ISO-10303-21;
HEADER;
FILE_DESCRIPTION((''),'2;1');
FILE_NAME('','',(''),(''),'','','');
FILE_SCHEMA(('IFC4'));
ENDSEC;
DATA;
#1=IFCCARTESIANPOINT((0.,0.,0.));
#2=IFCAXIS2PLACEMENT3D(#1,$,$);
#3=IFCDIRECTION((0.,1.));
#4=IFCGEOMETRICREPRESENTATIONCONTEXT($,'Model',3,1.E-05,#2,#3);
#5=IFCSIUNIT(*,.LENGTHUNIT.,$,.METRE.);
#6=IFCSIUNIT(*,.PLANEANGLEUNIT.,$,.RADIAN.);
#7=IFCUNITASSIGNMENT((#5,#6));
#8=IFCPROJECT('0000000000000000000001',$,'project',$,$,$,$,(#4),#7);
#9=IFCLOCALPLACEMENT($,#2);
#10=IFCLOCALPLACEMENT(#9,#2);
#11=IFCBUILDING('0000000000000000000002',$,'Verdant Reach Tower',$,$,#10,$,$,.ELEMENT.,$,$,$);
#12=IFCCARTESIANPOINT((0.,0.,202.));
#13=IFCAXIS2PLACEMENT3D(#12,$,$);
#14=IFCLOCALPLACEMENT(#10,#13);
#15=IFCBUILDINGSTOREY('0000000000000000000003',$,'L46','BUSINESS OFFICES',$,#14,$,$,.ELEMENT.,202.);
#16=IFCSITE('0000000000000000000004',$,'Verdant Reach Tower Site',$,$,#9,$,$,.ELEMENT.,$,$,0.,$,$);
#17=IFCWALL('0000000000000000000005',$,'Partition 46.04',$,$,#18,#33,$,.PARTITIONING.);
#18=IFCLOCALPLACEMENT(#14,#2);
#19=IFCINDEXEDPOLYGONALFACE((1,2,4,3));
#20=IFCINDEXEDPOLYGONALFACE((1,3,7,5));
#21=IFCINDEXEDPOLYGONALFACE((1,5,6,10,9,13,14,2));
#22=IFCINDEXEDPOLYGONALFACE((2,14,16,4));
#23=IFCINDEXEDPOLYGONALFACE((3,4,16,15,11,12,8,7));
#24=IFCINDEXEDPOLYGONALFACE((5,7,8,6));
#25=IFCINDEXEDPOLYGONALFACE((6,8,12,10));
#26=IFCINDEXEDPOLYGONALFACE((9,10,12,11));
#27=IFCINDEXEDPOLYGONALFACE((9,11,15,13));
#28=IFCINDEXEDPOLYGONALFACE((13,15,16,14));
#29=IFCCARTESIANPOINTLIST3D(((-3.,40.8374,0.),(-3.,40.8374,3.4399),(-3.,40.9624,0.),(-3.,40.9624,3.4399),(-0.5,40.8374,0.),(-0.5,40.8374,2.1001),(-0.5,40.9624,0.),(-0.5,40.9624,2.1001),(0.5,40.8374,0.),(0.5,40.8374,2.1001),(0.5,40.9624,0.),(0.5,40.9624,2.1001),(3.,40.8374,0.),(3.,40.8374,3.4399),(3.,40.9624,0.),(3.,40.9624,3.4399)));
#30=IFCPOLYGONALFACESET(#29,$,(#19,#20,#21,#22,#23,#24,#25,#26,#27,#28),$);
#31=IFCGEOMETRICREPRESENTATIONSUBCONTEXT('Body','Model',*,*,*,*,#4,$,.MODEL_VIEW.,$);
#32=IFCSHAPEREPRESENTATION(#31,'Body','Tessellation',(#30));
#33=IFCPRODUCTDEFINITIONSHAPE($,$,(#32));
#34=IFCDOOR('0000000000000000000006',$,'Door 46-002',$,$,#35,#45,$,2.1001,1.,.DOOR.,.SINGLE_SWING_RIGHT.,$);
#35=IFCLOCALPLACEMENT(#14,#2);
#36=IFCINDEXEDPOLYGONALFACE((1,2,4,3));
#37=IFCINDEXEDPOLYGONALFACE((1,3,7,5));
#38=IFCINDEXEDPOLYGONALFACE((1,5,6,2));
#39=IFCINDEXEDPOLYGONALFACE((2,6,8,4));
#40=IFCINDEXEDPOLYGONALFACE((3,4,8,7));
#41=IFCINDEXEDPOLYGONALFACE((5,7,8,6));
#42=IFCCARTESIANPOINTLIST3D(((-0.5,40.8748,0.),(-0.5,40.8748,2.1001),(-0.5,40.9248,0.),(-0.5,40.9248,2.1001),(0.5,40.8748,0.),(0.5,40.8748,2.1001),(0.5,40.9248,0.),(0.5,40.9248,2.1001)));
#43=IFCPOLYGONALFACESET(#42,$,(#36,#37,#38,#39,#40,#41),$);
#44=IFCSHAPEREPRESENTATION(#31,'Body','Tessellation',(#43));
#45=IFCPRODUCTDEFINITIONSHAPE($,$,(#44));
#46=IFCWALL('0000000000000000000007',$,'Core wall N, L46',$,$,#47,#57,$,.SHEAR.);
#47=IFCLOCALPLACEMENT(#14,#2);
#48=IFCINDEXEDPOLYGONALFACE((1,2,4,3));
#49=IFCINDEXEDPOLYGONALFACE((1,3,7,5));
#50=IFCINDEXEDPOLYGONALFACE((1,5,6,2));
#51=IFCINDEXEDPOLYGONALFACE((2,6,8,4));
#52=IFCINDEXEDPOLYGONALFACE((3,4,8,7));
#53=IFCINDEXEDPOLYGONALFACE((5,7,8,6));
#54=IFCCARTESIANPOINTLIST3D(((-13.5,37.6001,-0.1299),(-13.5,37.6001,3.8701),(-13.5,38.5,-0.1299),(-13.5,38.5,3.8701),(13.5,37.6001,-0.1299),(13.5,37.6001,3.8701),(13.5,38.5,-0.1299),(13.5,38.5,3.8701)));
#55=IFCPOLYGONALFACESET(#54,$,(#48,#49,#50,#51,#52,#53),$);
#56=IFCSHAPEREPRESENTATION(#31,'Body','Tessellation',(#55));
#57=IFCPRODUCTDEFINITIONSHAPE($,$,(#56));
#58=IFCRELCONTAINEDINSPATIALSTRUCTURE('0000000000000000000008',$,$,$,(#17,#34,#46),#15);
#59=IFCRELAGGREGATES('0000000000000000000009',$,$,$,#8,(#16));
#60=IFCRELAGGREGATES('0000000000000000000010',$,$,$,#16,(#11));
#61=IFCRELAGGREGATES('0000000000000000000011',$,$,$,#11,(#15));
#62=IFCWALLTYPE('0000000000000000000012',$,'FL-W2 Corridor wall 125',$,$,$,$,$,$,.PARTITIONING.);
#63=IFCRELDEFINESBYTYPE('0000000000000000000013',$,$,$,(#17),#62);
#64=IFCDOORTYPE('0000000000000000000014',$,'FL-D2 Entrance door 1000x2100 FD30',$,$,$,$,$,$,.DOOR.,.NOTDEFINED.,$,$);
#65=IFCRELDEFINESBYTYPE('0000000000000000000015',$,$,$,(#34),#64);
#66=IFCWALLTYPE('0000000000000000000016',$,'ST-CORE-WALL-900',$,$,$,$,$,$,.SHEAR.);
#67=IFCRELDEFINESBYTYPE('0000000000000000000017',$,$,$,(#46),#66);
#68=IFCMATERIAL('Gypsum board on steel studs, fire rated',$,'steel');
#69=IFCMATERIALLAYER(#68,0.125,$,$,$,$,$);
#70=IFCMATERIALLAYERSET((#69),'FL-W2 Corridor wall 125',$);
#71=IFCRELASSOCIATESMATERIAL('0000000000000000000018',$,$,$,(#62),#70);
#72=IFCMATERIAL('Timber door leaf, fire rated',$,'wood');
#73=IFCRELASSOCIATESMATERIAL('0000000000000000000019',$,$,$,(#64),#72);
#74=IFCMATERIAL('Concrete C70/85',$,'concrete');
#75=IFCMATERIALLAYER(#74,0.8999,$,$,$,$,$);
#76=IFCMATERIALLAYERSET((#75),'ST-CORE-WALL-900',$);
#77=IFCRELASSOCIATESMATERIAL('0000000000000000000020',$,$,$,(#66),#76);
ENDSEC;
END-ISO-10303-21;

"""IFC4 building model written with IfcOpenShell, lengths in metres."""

from ifc_helpers import new_model, si_unit, direction, frame, frame_2d, origin, place, context, subcontext, project, spatial, rectangle, extrude, material, layer, layer_set, type_object, element, fill, save


model = new_model("IFC4")

# Units and contexts
model_context = context("Model", 3, precision=1e-05, world=origin(), true_north=direction((0.0, 1.0)))
body_context = subcontext(model_context, "Body", "Model", "MODEL_VIEW")
ifc_project = project(units=[si_unit("LENGTHUNIT", "METRE"), si_unit("PLANEANGLEUNIT", "RADIAN")], contexts=[model_context])

# Site, building, storey
site_placement = place(None, origin())
site = spatial("IfcSite", under=ifc_project, at=site_placement, Name="Verdant Reach Tower Site", CompositionType="ELEMENT", RefElevation=0.0)
building_placement = place(site_placement, origin())
building = spatial("IfcBuilding", under=site, at=building_placement, Name="Verdant Reach Tower", CompositionType="ELEMENT")
storey_placement = place(building_placement, frame((0.0, 0.0, 202.0)))
storey = spatial("IfcBuildingStorey", under=building, at=storey_placement, Name="L46", Description="BUSINESS OFFICES", CompositionType="ELEMENT", Elevation=202.0)

# Shared definitions
ifc_material_1 = material(Name="Gypsum board on steel studs, fire rated", Category="steel")
ifc_layer_1 = layer(ifc_material_1, 0.125)
ifc_layer_set_1 = layer_set([ifc_layer_1], Name="FL-W2 Corridor wall 125")
wall_type_1 = type_object("IfcWallType", Name="FL-W2 Corridor wall 125", PredefinedType="PARTITIONING", material=ifc_layer_set_1)

# Wall, opening, door
wall_1_placement = place(storey_placement, frame((-3.0, 40.8999, 0.0), z_axis=(0.0, 0.0, 1.0), x_axis=(1.0, 0.0, 0.0)))
wall_1 = element("IfcWall", 1, at=wall_1_placement, inside=storey, type_object=wall_type_1, Name="Partition 46.04", PredefinedType="PARTITIONING", context=body_context, shape_type="SweptSolid", body=[
    extrude(rectangle(XDim=6.0, YDim=0.125, at=frame_2d((3.0, 0.0))), origin(), (0.0, 0.0, 1.0), 3.4399),
])
opening_1_placement = place(wall_1_placement, frame((2.5, 0.0, 0.0)))
opening_1 = element("IfcOpeningElement", 2, at=opening_1_placement, cuts=wall_1, PredefinedType="OPENING", context=body_context, shape_type="SweptSolid", body=[
    extrude(rectangle(XDim=1.0, YDim=2.1001, at=frame_2d((0.5, 1.05))), frame((0.0, 0.0725, 0.0), z_axis=(0.0, -1.0, 0.0), x_axis=(1.0, 0.0, 0.0)), (0.0, 0.0, 1.0), 0.145),
])
ifc_material_2 = material(Name="Timber door leaf, fire rated", Category="wood")
door_type_1 = type_object("IfcDoorType", Name="FL-D2 Entrance door 1000x2100 FD30", OperationType="NOTDEFINED", PredefinedType="DOOR", material=ifc_material_2)
door_1_placement = place(opening_1_placement, origin())
door_1 = element("IfcDoor", 3, at=door_1_placement, inside=storey, type_object=door_type_1, Name="Door 46-002", OperationType="SINGLE_SWING_RIGHT", OverallHeight=2.1001, OverallWidth=1.0, PredefinedType="DOOR", context=body_context, shape_type="SweptSolid", body=[
    extrude(rectangle(XDim=1.0, YDim=2.1001, at=frame_2d((0.5, 1.05))), frame((0.0, 0.0249, 0.0), z_axis=(0.0, -1.0, 0.0), x_axis=(1.0, 0.0, 0.0)), (0.0, 0.0, 1.0), 0.05),
])
fill(opening_1, door_1)

# Wall
ifc_material_3 = material(Name="Concrete C70/85", Category="concrete")
ifc_layer_2 = layer(ifc_material_3, 0.8999)
ifc_layer_set_2 = layer_set([ifc_layer_2], Name="ST-CORE-WALL-900")
wall_type_2 = type_object("IfcWallType", Name="ST-CORE-WALL-900", PredefinedType="SHEAR", material=ifc_layer_set_2)
wall_2_placement = place(storey_placement, frame((-13.5, 38.05, -0.1299), z_axis=(0.0, 0.0, 1.0), x_axis=(1.0, 0.0, 0.0)))
element("IfcWall", 4, at=wall_2_placement, inside=storey, type_object=wall_type_2, Name="Core wall N, L46", PredefinedType="SHEAR", context=body_context, shape_type="SweptSolid", body=[
    extrude(rectangle(XDim=27.0, YDim=0.8999, at=frame_2d((13.5, 0.0))), origin(), (0.0, 0.0, 1.0), 4.0),
])

save(model, "model.ifc")
